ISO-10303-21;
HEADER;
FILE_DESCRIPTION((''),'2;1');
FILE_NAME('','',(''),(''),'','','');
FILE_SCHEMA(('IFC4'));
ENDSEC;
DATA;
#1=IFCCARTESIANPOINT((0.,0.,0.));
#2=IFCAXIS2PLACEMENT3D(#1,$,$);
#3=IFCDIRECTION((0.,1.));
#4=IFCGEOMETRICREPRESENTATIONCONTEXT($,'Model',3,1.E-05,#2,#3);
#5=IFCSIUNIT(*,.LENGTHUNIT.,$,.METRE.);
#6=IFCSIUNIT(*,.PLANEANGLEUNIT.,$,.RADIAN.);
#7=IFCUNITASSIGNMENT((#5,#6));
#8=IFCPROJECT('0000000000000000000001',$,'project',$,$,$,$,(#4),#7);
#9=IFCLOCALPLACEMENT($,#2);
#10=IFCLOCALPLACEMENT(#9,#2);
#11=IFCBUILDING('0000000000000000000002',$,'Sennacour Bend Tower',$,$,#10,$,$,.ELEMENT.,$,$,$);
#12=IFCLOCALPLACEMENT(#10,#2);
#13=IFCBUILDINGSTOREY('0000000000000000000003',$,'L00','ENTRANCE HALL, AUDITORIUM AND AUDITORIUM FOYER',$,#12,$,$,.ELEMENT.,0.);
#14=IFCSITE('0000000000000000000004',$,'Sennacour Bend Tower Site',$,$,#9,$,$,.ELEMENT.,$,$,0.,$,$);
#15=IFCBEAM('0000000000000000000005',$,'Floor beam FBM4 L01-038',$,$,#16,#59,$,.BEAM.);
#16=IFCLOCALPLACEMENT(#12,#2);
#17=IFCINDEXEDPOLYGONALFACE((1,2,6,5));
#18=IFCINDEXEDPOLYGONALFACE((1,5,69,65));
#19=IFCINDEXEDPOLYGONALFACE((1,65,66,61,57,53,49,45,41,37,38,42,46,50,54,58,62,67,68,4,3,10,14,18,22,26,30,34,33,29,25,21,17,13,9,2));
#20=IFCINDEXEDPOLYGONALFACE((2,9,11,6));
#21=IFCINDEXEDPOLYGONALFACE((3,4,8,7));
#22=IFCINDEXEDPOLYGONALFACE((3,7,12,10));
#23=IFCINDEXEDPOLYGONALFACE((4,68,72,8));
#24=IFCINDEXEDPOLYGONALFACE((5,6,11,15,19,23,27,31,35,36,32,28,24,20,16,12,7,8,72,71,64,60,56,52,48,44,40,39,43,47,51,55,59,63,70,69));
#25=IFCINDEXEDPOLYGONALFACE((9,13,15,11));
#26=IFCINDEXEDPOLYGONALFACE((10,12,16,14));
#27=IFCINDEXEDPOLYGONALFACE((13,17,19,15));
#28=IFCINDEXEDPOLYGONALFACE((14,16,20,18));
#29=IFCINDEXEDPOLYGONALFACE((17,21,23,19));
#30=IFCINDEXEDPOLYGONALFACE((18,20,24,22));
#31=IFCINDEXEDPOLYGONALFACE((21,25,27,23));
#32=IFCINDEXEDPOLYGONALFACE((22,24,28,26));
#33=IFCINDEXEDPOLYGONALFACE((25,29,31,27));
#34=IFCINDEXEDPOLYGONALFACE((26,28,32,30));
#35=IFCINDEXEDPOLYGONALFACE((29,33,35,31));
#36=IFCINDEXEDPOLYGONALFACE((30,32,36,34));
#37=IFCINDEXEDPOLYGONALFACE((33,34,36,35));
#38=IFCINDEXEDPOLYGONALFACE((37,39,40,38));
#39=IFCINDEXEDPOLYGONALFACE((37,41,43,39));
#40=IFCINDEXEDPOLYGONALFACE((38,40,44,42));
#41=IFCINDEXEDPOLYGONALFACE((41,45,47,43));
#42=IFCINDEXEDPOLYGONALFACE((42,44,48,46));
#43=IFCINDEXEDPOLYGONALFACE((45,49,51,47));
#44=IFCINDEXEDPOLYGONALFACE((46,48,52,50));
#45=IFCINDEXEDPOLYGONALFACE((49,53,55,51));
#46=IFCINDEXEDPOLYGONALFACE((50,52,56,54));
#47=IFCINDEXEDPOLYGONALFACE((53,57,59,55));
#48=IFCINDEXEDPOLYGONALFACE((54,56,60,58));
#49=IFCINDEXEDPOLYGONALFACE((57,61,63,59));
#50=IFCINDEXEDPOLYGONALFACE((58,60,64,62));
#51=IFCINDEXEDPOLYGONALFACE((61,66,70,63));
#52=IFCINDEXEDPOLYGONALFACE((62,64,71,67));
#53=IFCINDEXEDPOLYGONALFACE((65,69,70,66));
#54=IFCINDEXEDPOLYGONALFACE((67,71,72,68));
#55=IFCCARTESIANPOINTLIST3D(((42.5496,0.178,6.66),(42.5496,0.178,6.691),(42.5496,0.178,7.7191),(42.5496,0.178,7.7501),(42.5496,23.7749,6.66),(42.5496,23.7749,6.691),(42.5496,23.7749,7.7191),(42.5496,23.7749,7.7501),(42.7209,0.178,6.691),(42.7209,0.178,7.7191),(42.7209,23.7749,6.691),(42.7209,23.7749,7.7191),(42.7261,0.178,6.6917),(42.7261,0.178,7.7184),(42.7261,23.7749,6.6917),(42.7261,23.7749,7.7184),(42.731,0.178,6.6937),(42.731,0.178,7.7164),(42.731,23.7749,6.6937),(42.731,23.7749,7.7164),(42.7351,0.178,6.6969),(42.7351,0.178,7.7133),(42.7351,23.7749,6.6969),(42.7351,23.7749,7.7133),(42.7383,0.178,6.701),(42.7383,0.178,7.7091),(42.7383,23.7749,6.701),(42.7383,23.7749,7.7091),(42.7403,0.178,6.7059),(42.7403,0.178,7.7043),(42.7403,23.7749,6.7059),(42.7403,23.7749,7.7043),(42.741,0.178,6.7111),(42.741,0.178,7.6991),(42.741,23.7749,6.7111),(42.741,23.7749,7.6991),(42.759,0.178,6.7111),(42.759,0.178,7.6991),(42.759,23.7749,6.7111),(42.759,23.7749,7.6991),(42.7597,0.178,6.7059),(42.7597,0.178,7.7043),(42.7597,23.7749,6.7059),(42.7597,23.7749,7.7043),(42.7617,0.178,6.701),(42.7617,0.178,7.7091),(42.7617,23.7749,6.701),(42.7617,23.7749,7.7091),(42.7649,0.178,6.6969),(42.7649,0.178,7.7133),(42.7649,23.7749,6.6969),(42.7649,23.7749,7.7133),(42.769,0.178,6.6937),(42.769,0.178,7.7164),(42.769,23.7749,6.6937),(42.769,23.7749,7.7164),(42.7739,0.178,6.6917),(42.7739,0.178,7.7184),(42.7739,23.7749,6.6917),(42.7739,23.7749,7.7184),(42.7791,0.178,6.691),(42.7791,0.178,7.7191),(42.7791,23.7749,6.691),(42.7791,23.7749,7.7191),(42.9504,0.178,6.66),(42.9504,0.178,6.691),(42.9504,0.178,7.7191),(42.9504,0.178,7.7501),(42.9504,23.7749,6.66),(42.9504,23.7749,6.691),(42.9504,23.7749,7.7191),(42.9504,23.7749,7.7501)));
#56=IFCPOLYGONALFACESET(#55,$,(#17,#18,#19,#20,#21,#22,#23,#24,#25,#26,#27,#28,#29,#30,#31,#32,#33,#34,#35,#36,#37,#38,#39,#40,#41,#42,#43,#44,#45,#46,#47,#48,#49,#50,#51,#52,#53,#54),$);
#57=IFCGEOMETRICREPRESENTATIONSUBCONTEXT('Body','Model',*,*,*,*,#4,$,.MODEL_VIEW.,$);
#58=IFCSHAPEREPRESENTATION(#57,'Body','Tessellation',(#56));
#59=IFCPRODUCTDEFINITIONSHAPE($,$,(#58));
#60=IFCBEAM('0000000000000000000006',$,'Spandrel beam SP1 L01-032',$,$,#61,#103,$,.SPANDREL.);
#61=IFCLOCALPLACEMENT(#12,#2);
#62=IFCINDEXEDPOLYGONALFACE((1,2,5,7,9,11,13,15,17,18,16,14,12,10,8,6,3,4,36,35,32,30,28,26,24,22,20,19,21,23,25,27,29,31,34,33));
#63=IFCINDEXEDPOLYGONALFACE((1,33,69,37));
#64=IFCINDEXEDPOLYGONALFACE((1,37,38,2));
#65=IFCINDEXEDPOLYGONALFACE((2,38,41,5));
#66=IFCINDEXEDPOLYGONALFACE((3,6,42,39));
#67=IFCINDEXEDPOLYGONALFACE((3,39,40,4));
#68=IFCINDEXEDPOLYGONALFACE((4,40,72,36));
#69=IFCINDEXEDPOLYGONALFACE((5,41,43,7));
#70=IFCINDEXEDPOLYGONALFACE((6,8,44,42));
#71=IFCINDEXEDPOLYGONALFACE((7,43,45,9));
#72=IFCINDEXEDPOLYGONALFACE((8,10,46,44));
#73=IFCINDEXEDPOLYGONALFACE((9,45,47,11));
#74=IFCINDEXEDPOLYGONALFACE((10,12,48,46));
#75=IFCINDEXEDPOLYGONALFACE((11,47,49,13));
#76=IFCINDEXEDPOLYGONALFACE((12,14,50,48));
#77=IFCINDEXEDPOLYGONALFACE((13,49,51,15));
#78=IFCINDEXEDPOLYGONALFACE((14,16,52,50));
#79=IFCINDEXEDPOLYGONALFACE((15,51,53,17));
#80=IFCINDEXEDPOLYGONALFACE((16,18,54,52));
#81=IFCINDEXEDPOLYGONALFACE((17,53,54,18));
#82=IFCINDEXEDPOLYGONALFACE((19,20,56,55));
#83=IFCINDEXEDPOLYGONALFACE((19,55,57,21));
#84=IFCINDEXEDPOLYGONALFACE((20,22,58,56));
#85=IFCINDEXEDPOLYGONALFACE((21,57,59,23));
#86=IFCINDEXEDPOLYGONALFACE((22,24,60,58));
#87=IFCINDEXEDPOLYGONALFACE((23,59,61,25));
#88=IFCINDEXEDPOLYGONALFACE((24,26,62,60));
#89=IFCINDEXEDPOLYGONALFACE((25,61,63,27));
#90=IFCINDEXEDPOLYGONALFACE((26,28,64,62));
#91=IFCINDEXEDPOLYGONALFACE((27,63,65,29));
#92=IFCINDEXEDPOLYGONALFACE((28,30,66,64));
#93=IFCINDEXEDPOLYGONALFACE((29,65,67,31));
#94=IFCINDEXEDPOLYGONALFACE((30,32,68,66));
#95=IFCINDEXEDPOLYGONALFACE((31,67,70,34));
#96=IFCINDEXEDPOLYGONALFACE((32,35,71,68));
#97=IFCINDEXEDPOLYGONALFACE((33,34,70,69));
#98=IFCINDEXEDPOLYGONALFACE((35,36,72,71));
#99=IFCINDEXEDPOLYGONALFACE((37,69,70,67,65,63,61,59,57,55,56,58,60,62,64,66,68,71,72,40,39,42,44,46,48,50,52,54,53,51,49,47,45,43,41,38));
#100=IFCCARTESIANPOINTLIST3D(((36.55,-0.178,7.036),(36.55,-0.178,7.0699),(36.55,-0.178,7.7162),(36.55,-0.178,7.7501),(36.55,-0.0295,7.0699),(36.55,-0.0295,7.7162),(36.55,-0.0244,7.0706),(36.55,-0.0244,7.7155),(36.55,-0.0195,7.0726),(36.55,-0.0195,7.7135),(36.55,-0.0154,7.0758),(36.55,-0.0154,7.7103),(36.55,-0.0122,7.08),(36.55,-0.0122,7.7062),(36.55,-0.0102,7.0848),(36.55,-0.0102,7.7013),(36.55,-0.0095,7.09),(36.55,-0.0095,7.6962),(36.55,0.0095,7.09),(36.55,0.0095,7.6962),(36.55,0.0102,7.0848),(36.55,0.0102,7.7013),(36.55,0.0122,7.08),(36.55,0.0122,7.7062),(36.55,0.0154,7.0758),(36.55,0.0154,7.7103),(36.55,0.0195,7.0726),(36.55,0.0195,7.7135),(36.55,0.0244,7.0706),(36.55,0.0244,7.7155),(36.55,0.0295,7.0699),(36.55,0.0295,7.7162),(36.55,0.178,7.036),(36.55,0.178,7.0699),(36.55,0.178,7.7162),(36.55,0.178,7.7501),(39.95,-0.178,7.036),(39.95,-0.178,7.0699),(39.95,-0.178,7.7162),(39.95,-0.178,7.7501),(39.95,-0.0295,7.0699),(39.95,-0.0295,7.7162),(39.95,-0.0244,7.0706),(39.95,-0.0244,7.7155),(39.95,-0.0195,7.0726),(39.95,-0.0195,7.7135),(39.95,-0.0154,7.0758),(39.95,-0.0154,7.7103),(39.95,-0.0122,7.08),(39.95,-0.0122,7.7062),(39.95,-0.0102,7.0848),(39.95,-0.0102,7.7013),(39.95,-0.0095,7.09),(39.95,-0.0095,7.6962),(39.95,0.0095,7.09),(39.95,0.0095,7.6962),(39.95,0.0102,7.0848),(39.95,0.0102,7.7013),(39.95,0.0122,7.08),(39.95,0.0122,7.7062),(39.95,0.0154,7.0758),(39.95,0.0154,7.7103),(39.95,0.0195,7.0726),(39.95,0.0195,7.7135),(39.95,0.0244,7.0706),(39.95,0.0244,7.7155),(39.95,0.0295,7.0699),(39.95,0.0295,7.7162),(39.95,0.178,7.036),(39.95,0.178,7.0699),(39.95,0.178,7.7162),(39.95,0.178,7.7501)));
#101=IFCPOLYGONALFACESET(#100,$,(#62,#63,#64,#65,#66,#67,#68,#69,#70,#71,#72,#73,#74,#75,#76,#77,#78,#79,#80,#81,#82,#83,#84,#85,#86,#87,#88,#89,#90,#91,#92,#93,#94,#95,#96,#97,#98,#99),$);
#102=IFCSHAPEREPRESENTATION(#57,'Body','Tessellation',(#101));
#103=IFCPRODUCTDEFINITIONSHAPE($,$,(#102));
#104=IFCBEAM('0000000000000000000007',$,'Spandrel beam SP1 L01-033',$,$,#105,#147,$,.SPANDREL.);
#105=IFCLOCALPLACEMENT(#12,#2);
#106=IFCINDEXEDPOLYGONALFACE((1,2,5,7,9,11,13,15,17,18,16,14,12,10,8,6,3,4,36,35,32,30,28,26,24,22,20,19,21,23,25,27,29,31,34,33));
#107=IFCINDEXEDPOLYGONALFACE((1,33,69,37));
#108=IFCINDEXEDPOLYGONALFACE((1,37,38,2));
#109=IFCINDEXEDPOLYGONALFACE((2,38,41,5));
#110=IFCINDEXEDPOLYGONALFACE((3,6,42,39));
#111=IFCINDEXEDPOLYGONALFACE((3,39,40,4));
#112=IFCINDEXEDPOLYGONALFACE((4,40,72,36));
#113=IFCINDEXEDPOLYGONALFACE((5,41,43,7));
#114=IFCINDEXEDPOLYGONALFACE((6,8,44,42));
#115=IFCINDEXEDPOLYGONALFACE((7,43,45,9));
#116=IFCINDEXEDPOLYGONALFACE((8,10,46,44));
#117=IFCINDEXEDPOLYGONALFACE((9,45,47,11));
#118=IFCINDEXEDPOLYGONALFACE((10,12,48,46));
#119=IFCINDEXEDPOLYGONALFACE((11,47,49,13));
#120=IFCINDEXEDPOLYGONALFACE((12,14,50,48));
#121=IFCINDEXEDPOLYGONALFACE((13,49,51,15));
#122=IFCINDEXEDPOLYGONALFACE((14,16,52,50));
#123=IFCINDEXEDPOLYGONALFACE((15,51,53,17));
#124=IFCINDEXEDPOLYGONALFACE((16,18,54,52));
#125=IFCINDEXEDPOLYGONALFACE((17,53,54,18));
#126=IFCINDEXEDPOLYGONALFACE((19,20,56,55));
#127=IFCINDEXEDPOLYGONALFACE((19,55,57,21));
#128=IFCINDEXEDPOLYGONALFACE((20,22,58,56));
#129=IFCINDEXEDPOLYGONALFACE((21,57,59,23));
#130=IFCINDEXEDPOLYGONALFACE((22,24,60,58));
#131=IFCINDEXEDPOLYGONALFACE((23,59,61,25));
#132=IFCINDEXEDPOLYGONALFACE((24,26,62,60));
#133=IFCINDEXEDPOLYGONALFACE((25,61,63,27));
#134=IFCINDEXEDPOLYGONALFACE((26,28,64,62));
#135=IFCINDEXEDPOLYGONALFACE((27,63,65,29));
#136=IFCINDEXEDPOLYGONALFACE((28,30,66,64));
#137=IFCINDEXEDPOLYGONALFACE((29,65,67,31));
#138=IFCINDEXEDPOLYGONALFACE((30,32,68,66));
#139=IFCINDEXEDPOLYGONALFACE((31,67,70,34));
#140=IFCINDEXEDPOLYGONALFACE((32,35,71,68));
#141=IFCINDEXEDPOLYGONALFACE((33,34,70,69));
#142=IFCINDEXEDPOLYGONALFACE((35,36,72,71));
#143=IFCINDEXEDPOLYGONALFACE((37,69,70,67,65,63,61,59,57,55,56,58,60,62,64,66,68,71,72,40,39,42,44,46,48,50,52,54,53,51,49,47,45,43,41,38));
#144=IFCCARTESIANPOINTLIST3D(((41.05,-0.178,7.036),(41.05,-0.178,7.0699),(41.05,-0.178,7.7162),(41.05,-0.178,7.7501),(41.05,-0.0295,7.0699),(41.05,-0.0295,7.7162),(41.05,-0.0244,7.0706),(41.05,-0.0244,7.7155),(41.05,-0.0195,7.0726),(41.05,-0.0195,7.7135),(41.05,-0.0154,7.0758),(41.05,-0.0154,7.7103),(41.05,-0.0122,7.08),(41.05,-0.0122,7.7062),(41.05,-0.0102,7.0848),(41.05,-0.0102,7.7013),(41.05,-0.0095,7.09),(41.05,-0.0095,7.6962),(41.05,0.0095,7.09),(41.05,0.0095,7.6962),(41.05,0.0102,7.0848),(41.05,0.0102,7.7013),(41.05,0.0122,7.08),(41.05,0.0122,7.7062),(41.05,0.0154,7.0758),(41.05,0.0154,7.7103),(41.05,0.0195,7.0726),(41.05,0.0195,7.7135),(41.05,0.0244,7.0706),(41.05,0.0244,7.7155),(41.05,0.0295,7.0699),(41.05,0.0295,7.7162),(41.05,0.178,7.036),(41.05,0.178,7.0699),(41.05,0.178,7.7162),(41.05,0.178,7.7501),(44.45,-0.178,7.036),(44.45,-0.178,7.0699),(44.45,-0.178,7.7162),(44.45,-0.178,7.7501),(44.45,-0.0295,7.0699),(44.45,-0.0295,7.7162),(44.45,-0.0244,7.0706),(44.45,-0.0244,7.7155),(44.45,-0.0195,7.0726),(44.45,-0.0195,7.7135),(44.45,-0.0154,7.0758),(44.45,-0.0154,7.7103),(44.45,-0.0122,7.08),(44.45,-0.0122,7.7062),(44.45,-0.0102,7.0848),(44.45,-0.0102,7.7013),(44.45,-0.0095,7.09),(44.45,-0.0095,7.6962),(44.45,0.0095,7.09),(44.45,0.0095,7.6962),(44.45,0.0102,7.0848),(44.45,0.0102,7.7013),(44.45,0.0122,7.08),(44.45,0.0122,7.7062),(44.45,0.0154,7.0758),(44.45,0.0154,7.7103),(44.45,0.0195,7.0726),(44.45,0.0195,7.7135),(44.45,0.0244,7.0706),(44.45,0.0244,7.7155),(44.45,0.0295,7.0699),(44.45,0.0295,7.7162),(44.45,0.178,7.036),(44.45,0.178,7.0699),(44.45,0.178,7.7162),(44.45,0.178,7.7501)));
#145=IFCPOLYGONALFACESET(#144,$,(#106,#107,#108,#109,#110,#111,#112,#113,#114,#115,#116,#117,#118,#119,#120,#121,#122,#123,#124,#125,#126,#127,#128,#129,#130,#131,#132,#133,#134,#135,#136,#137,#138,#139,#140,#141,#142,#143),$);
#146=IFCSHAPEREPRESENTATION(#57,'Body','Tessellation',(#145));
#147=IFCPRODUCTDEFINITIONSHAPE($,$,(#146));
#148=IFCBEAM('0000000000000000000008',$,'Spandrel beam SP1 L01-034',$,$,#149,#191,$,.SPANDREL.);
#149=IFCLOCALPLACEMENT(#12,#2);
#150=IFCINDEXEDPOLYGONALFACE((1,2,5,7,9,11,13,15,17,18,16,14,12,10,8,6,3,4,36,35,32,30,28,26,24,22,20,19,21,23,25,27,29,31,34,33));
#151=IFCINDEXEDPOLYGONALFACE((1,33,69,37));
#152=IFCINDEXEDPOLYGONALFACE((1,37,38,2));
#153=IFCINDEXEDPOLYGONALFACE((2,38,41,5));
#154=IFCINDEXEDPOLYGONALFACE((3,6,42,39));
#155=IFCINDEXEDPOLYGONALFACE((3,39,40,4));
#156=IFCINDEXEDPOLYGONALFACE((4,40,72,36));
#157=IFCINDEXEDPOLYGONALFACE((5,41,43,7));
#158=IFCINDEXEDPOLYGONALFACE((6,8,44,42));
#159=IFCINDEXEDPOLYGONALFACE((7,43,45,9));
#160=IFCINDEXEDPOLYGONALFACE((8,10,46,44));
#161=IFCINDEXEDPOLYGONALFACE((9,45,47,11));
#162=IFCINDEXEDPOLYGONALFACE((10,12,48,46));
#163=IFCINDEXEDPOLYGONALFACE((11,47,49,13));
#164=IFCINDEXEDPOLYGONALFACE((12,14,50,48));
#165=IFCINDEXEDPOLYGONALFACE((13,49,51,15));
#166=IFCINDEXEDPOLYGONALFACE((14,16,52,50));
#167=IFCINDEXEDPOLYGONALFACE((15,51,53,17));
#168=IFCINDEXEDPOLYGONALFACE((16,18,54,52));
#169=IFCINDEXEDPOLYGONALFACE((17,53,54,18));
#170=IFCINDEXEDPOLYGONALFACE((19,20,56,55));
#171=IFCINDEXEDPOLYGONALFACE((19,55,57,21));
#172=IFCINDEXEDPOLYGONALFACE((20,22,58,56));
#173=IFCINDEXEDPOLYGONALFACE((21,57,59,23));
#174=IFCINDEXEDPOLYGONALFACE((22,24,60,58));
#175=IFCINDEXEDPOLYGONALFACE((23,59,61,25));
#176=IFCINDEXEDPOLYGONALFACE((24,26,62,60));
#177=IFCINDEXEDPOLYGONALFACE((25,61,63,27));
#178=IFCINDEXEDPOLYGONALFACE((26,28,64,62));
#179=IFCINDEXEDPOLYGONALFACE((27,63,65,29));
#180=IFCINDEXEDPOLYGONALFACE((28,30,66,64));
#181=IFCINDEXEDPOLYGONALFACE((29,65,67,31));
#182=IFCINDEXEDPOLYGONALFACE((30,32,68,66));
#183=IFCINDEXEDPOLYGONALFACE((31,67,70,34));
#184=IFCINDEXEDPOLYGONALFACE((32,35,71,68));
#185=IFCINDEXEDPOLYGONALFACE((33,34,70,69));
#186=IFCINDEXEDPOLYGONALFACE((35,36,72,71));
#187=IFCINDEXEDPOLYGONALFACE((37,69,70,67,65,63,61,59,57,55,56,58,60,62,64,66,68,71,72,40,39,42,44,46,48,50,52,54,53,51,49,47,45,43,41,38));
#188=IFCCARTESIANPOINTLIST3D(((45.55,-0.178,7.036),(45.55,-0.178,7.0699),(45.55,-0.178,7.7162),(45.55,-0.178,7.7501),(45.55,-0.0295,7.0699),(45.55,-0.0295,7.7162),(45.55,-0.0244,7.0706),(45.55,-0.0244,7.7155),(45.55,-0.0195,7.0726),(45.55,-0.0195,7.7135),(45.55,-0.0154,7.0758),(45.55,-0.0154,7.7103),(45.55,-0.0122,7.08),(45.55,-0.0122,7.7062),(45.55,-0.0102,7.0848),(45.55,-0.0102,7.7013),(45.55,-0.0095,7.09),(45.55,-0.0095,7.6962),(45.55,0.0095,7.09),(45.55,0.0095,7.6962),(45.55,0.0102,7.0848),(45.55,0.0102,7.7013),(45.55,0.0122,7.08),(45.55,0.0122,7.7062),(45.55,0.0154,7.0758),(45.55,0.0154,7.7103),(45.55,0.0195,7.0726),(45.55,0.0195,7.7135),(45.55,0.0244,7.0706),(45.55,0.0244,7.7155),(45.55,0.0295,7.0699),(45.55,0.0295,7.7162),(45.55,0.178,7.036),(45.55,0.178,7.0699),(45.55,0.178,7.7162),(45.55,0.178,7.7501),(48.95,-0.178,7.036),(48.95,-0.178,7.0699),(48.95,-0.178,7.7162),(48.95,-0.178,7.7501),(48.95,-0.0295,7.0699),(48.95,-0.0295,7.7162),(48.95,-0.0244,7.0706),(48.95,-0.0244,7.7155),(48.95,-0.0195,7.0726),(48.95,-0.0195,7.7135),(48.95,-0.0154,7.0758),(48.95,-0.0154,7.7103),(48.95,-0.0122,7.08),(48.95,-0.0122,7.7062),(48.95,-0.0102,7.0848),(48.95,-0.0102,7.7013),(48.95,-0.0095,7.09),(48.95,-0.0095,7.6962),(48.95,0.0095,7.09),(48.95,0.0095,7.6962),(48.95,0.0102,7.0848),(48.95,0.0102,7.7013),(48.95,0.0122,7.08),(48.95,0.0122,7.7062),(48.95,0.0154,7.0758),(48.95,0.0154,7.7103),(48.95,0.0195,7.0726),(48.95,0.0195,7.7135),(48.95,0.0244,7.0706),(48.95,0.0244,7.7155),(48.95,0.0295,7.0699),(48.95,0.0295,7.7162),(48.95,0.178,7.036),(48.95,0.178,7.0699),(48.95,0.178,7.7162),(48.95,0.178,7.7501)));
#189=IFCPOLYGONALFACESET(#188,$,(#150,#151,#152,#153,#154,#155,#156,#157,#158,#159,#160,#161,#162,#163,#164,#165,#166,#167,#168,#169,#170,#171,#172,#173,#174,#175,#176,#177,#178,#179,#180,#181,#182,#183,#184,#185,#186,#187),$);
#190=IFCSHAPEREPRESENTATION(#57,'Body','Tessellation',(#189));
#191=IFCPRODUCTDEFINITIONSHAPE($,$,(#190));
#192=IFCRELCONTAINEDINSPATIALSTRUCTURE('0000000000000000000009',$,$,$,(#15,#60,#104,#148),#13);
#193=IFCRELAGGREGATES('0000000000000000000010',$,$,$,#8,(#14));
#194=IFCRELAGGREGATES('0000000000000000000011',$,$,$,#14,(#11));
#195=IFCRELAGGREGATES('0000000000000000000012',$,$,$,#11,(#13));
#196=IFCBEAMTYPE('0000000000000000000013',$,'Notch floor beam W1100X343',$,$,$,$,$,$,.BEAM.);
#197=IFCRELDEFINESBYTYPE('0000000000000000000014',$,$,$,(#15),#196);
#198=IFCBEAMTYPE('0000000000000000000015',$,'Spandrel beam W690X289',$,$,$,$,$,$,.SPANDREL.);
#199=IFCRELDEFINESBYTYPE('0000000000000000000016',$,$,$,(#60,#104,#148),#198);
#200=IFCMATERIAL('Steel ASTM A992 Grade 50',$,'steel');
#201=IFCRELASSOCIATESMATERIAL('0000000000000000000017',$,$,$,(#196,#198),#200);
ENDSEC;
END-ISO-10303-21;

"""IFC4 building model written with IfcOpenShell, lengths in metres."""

from ifc_helpers import new_model, si_unit, direction, frame, origin, origin_2d, place, context, subcontext, project, spatial, i_section, extrude, material, material_profile, profile_set, type_object, element, save


model = new_model("IFC4")

# Units and contexts
model_context = context("Model", 3, precision=1e-05, world=origin(), true_north=direction((0.0, 1.0)))
body_context = subcontext(model_context, "Body", "Model", "MODEL_VIEW")
ifc_project = project(units=[si_unit("LENGTHUNIT", "METRE"), si_unit("PLANEANGLEUNIT", "RADIAN")], contexts=[model_context])

# Site, building, storey
site_placement = place(None, origin())
site = spatial("IfcSite", under=ifc_project, at=site_placement, Name="Sennacour Bend Tower Site", CompositionType="ELEMENT", RefElevation=0.0)
building_placement = place(site_placement, origin())
building = spatial("IfcBuilding", under=site, at=building_placement, Name="Sennacour Bend Tower", CompositionType="ELEMENT")
storey_placement = place(building_placement, origin())
storey = spatial("IfcBuildingStorey", under=building, at=storey_placement, Name="L00", Description="ENTRANCE HALL, AUDITORIUM AND AUDITORIUM FOYER", CompositionType="ELEMENT", Elevation=0.0)

# Beams
ifc_material_1 = material(Name="Steel ASTM A992 Grade 50", Category="steel")
ifc_material_profile_1 = material_profile(ifc_material_1, i_section(OverallWidth=0.4009, OverallDepth=1.0901, WebThickness=0.0181, FlangeThickness=0.031, FilletRadius=0.02, at=origin_2d()), Name="Steel ASTM A992 Grade 50", Category="steel")
ifc_profile_set_1 = profile_set([ifc_material_profile_1], Name="Steel ASTM A992 Grade 50")
beam_type_1 = type_object("IfcBeamType", Name="Notch floor beam W1100X343", PredefinedType="BEAM", material=ifc_profile_set_1)
for number, where, z_axis, x_axis, name in (
    (1, (42.75, 0.178, 7.2051), (0.0, 1.0, 0.0), (-1.0, 0.0, 0.0), "Floor beam FBM4 L01-038"),
):
    element("IfcBeam", number, at=place(storey_placement, frame(where, z_axis=z_axis, x_axis=x_axis)), inside=storey, type_object=beam_type_1, Name=name, PredefinedType="BEAM", context=body_context, shape_type="SweptSolid", body=[
        extrude(i_section(OverallWidth=0.4009, OverallDepth=1.0901, WebThickness=0.0181, FlangeThickness=0.031, FilletRadius=0.02, at=origin_2d()), origin(), (0.0, 0.0, 1.0), 23.5969),
    ])
ifc_material_profile_2 = material_profile(ifc_material_1, i_section(OverallWidth=0.356, OverallDepth=0.7141, WebThickness=0.019, FlangeThickness=0.0339, FilletRadius=0.02, at=origin_2d()), Name="Steel ASTM A992 Grade 50", Category="steel")
ifc_profile_set_2 = profile_set([ifc_material_profile_2], Name="Steel ASTM A992 Grade 50")
beam_type_2 = type_object("IfcBeamType", Name="Spandrel beam W690X289", PredefinedType="SPANDREL", material=ifc_profile_set_2)
for number, where, z_axis, x_axis, name in (
    (2, (36.55, 0.0, 7.3931), (1.0, 0.0, 0.0), (0.0, 1.0, 0.0), "Spandrel beam SP1 L01-032"),
    (3, (41.05, 0.0, 7.3931), (1.0, 0.0, 0.0), (0.0, 1.0, 0.0), "Spandrel beam SP1 L01-033"),
    (4, (45.55, 0.0, 7.3931), (1.0, 0.0, 0.0), (0.0, 1.0, 0.0), "Spandrel beam SP1 L01-034"),
):
    element("IfcBeam", number, at=place(storey_placement, frame(where, z_axis=z_axis, x_axis=x_axis)), inside=storey, type_object=beam_type_2, Name=name, PredefinedType="SPANDREL", context=body_context, shape_type="SweptSolid", body=[
        extrude(i_section(OverallWidth=0.356, OverallDepth=0.7141, WebThickness=0.019, FlangeThickness=0.0339, FilletRadius=0.02, at=origin_2d()), origin(), (0.0, 0.0, 1.0), 3.3999),
    ])

save(model, "model.ifc")
